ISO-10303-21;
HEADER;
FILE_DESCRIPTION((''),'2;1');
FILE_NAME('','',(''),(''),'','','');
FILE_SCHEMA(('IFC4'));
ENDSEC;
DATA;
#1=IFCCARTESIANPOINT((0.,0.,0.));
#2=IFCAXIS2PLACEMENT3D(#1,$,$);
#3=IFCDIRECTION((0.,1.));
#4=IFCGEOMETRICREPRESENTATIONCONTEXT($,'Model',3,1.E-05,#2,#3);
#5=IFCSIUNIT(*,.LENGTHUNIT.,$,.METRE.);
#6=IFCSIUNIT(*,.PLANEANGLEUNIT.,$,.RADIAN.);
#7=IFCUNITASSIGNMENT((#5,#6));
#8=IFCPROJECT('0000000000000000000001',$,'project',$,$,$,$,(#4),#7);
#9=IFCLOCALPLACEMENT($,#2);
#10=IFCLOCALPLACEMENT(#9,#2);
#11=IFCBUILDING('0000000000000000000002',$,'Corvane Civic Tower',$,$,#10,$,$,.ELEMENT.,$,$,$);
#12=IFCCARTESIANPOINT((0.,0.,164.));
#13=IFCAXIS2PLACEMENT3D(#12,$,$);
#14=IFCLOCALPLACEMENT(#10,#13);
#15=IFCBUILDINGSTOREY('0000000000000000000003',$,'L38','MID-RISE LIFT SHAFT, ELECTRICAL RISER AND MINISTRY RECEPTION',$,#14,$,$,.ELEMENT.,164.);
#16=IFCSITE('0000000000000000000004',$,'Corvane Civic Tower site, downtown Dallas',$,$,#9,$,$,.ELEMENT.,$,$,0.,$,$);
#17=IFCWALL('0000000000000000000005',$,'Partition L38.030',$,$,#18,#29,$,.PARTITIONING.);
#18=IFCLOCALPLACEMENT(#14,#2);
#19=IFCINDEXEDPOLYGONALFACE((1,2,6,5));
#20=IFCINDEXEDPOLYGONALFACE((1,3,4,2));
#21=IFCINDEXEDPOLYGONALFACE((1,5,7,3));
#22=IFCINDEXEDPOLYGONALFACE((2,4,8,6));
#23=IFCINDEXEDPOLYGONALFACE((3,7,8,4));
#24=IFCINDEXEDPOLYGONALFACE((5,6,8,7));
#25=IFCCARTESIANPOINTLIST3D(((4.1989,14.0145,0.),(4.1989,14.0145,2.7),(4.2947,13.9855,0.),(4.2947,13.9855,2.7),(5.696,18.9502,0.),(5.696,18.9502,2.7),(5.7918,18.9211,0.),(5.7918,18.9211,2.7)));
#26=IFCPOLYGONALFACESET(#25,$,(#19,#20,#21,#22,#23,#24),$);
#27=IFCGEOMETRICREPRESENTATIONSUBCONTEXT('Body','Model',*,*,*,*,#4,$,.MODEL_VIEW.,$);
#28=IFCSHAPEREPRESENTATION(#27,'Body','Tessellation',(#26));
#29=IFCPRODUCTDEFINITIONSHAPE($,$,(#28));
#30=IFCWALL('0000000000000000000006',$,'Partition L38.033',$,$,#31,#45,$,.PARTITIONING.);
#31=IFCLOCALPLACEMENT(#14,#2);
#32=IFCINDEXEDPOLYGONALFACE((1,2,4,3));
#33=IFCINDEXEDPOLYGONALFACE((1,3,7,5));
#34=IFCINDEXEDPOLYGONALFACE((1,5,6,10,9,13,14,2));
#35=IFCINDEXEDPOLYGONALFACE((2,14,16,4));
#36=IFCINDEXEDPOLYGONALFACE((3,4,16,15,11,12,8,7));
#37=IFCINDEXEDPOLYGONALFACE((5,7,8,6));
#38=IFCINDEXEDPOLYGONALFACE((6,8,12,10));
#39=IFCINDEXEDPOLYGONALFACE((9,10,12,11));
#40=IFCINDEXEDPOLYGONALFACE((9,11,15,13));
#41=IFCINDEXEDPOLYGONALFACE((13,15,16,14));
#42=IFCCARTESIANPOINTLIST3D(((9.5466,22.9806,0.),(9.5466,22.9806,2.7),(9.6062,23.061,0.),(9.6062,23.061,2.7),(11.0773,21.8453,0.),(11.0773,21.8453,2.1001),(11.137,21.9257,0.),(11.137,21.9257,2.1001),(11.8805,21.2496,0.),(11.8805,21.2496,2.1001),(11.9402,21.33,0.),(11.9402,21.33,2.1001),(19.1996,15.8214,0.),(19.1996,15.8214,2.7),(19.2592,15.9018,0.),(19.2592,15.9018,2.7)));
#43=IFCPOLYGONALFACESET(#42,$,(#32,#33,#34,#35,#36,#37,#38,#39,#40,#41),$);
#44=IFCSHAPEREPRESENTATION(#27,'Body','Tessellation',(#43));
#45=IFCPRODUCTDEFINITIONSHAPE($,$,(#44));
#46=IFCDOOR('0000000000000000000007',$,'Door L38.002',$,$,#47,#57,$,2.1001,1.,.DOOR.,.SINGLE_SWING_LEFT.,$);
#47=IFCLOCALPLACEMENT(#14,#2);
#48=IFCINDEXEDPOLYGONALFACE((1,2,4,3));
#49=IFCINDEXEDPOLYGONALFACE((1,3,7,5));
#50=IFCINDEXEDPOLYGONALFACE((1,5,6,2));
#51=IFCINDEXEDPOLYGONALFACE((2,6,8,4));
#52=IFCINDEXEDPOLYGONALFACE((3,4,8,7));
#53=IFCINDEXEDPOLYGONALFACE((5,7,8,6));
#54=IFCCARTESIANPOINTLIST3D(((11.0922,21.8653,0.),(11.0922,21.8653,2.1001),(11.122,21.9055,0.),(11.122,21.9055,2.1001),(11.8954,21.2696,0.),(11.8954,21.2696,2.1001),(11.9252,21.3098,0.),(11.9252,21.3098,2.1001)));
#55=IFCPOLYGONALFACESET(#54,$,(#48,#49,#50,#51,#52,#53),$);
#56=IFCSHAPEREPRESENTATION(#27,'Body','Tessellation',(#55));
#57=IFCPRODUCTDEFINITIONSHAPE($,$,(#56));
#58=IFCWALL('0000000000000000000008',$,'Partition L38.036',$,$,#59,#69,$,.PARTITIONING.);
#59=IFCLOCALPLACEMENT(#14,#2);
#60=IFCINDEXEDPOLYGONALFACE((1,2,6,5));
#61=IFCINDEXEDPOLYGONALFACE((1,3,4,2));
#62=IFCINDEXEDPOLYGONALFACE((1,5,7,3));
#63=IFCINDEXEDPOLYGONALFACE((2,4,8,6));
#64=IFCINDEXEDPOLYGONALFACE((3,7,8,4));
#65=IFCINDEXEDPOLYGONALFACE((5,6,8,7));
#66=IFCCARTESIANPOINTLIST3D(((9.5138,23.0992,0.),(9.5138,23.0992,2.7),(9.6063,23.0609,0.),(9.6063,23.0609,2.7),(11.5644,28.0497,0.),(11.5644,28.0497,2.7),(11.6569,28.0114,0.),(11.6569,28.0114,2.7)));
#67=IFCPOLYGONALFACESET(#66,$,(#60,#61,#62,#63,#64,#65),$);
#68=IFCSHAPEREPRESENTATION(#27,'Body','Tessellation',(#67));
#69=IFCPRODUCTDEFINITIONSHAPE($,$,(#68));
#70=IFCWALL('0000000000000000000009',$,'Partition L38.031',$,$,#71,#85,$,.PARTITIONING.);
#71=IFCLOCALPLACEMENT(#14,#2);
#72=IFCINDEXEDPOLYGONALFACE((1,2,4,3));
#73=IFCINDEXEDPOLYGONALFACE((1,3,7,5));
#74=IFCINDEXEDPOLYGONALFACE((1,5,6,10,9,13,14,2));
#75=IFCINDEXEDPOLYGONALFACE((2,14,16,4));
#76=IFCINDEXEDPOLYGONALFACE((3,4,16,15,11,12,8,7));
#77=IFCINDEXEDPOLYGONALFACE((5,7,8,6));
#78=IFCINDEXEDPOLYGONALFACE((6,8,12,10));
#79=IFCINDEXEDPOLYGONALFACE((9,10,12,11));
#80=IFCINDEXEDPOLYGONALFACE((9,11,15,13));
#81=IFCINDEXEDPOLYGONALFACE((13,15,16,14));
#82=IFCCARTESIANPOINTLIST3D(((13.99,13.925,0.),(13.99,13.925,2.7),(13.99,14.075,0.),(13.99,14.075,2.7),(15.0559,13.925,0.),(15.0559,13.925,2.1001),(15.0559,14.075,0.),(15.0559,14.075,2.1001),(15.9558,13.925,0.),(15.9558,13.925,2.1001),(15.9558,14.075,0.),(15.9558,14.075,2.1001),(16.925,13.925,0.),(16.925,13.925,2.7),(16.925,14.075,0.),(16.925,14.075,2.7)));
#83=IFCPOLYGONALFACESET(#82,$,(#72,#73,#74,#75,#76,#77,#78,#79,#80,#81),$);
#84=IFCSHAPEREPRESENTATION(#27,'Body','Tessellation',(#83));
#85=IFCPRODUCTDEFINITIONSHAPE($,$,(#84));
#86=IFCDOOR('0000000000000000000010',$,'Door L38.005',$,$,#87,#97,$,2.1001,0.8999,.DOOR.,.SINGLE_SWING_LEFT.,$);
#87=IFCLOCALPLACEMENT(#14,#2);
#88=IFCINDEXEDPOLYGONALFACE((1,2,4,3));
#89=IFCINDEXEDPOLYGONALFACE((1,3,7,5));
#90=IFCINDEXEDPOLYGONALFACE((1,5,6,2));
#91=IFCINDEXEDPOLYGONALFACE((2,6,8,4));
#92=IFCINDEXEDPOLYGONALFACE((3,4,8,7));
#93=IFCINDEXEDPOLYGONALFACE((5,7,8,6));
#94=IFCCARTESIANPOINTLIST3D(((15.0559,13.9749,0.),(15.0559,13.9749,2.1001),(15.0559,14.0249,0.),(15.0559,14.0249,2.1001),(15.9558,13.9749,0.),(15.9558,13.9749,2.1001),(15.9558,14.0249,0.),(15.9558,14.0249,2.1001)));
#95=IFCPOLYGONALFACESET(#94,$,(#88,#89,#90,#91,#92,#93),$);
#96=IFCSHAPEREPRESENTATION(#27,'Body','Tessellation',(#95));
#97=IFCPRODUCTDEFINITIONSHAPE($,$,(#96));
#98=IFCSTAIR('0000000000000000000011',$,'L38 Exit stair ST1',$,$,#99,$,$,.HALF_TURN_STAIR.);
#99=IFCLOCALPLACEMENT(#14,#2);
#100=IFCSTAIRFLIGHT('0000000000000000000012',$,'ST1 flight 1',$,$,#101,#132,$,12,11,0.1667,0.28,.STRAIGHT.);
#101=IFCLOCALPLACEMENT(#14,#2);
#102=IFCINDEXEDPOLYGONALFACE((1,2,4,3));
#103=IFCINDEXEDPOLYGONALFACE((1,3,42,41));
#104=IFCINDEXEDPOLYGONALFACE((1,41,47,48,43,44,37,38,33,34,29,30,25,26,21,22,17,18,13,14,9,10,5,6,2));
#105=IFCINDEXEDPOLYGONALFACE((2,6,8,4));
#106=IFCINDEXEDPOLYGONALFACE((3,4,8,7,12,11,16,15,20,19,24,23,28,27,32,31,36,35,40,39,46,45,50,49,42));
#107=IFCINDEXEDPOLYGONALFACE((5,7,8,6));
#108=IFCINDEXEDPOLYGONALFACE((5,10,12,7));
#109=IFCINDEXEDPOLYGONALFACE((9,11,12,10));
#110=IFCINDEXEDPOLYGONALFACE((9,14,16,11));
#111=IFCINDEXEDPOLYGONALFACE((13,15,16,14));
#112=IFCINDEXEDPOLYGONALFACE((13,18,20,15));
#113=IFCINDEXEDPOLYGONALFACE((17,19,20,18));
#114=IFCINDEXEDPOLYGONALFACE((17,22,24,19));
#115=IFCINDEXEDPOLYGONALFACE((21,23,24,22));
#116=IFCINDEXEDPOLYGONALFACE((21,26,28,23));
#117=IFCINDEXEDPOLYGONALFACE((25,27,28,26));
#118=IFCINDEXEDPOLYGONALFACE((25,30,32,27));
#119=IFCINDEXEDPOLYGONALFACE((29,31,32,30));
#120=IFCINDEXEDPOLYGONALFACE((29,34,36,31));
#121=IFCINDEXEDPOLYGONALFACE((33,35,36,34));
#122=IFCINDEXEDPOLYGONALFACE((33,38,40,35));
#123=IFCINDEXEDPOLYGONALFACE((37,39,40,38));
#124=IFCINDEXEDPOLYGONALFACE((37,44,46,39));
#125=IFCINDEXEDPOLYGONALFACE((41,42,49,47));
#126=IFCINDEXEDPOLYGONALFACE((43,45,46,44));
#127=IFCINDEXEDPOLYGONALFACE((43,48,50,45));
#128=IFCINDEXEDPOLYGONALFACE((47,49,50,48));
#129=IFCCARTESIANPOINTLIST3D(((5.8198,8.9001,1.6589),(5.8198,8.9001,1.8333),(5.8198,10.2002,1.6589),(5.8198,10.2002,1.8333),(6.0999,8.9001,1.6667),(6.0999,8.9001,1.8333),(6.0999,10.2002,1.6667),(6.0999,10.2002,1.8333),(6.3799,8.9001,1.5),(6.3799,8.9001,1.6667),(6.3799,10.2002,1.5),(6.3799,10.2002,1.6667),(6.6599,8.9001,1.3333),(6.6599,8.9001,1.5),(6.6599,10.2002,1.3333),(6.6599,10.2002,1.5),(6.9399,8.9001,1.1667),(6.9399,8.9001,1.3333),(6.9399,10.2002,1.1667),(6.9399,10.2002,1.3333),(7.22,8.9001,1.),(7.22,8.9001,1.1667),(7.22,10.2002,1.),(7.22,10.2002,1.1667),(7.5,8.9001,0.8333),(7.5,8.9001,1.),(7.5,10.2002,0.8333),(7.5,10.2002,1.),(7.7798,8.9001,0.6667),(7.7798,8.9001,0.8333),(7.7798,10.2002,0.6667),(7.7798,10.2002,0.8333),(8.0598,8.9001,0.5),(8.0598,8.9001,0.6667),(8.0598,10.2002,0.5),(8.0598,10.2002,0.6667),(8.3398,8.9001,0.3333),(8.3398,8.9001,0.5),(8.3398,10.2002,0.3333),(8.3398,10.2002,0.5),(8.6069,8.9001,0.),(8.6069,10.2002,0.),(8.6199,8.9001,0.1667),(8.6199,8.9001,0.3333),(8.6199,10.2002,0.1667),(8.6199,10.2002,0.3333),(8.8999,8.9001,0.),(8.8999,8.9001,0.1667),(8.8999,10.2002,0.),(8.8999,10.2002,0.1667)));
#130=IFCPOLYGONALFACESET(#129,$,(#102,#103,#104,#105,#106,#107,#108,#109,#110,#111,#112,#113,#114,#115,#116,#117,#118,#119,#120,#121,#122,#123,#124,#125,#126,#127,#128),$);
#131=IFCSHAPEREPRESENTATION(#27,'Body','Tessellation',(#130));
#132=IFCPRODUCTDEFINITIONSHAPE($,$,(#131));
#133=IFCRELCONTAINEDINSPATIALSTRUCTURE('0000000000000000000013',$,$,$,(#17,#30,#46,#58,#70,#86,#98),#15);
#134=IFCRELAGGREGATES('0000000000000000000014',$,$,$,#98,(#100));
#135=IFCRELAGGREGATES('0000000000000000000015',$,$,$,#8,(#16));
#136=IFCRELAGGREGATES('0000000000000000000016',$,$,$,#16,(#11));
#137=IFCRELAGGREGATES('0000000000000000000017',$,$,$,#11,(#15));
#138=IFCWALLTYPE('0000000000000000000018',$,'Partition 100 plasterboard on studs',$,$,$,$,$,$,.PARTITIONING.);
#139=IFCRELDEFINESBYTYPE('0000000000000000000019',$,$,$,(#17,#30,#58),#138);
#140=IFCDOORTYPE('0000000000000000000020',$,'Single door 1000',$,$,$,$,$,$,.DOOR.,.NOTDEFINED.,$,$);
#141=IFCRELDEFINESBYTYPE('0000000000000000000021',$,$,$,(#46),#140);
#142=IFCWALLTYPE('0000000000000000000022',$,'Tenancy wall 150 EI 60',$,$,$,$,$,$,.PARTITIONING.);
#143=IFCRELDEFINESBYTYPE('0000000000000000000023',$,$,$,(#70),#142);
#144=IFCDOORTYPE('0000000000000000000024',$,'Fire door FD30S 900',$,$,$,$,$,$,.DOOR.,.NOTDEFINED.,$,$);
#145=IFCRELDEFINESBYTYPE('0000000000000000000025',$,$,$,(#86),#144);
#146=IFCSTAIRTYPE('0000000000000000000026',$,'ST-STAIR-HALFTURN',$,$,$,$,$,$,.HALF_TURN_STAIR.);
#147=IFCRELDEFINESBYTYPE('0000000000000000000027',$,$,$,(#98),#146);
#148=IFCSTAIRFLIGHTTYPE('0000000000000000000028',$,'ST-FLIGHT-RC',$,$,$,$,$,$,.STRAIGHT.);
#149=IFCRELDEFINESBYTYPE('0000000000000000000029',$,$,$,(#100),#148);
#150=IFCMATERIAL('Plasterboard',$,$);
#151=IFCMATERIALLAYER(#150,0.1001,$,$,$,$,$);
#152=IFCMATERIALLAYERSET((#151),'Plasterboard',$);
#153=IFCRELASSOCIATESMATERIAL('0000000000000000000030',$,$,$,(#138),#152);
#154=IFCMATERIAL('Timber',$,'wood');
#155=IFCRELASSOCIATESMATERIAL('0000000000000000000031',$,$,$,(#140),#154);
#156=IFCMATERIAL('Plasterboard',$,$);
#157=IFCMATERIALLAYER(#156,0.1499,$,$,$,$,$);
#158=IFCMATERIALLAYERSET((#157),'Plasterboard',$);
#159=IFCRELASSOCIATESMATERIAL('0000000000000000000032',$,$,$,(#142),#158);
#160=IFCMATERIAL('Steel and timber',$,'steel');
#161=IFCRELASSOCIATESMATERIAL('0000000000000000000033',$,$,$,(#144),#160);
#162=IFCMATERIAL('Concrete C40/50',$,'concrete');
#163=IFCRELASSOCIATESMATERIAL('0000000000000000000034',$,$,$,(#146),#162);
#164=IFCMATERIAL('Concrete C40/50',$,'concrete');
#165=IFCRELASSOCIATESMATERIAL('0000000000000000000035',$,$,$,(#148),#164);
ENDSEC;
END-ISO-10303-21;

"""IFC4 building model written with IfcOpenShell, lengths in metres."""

from ifc_helpers import new_model, si_unit, direction, frame, frame_2d, origin, place, context, subcontext, project, spatial, polyline, rectangle, outline, extrude, material, layer, layer_set, type_object, element, fill, aggregate, save


model = new_model("IFC4")

# Units and contexts
model_context = context("Model", 3, precision=1e-05, world=origin(), true_north=direction((0.0, 1.0)))
body_context = subcontext(model_context, "Body", "Model", "MODEL_VIEW")
ifc_project = project(units=[si_unit("LENGTHUNIT", "METRE"), si_unit("PLANEANGLEUNIT", "RADIAN")], contexts=[model_context])

# Site, building, storey
site_placement = place(None, origin())
site = spatial("IfcSite", under=ifc_project, at=site_placement, Name="Corvane Civic Tower site, downtown Dallas", CompositionType="ELEMENT", RefElevation=0.0)
building_placement = place(site_placement, origin())
building = spatial("IfcBuilding", under=site, at=building_placement, Name="Corvane Civic Tower", CompositionType="ELEMENT")
storey_placement = place(building_placement, frame((0.0, 0.0, 164.0)))
storey = spatial("IfcBuildingStorey", under=building, at=storey_placement, Name="L38", Description="MID-RISE LIFT SHAFT, ELECTRICAL RISER AND MINISTRY RECEPTION", CompositionType="ELEMENT", Elevation=164.0)

# Wall
ifc_material_1 = material(Name="Plasterboard")
ifc_layer_1 = layer(ifc_material_1, 0.1001)
ifc_layer_set_1 = layer_set([ifc_layer_1], Name="Plasterboard")
wall_type_1 = type_object("IfcWallType", Name="Partition 100 plasterboard on studs", PredefinedType="PARTITIONING", material=ifc_layer_set_1)
wall_1_placement = place(storey_placement, frame((4.2468, 14.0, 0.0), z_axis=(0.0, 0.0, 1.0), x_axis=(0.290265, 0.956946, 0.0)))
element("IfcWall", 1, at=wall_1_placement, inside=storey, type_object=wall_type_1, Name="Partition L38.030", PredefinedType="PARTITIONING", context=body_context, shape_type="SweptSolid", body=[
    extrude(rectangle(XDim=5.1577, YDim=0.1001, at=frame_2d((2.5789, 0.0))), origin(), (0.0, 0.0, 1.0), 2.7),
])

# Wall, opening, door
wall_2_placement = place(storey_placement, frame((9.5764, 23.0208, 0.0), z_axis=(0.0, 0.0, 1.0), x_axis=(0.803209, -0.595698, 0.0)))
wall_2 = element("IfcWall", 2, at=wall_2_placement, inside=storey, type_object=wall_type_1, Name="Partition L38.033", PredefinedType="PARTITIONING", context=body_context, shape_type="SweptSolid", body=[
    extrude(rectangle(XDim=12.0181, YDim=0.1001, at=frame_2d((6.009, 0.0))), origin(), (0.0, 0.0, 1.0), 2.7),
])
opening_1_placement = place(wall_2_placement, frame((1.9058, 0.0, 0.0)))
opening_1 = element("IfcOpeningElement", 3, at=opening_1_placement, cuts=wall_2, PredefinedType="OPENING", context=body_context, shape_type="SweptSolid", body=[
    extrude(rectangle(XDim=1.0, YDim=2.1001, at=frame_2d((0.5, 1.05))), frame((0.0, 0.0601, 0.0), z_axis=(0.0, -1.0, 0.0), x_axis=(1.0, 0.0, 0.0)), (0.0, 0.0, 1.0), 0.1201),
])
ifc_material_2 = material(Name="Timber", Category="wood")
door_type_1 = type_object("IfcDoorType", Name="Single door 1000", OperationType="NOTDEFINED", PredefinedType="DOOR", material=ifc_material_2)
door_1_placement = place(opening_1_placement, origin())
door_1 = element("IfcDoor", 4, at=door_1_placement, inside=storey, type_object=door_type_1, Name="Door L38.002", OperationType="SINGLE_SWING_LEFT", OverallHeight=2.1001, OverallWidth=1.0, PredefinedType="DOOR", context=body_context, shape_type="SweptSolid", body=[
    extrude(rectangle(XDim=1.0, YDim=2.1001, at=frame_2d((0.5, 1.05))), frame((0.0, 0.0249, 0.0), z_axis=(0.0, -1.0, 0.0), x_axis=(1.0, 0.0, 0.0)), (0.0, 0.0, 1.0), 0.05),
])
fill(opening_1, door_1)

# Wall
wall_3_placement = place(storey_placement, frame((9.5601, 23.0801, 0.0), z_axis=(0.0, 0.0, 1.0), x_axis=(0.382683, 0.92388, 0.0)))
element("IfcWall", 5, at=wall_3_placement, inside=storey, type_object=wall_type_1, Name="Partition L38.036", PredefinedType="PARTITIONING", context=body_context, shape_type="SweptSolid", body=[
    extrude(rectangle(XDim=5.3584, YDim=0.1001, at=frame_2d((2.6792, 0.0))), origin(), (0.0, 0.0, 1.0), 2.7),
])

# Wall, opening, door
ifc_material_3 = material(Name="Plasterboard")
ifc_layer_2 = layer(ifc_material_3, 0.1499)
ifc_layer_set_2 = layer_set([ifc_layer_2], Name="Plasterboard")
wall_type_2 = type_object("IfcWallType", Name="Tenancy wall 150 EI 60", PredefinedType="PARTITIONING", material=ifc_layer_set_2)
wall_4_placement = place(storey_placement, frame((13.99, 14.0, 0.0), z_axis=(0.0, 0.0, 1.0), x_axis=(1.0, 0.0, 0.0)))
wall_4 = element("IfcWall", 6, at=wall_4_placement, inside=storey, type_object=wall_type_2, Name="Partition L38.031", PredefinedType="PARTITIONING", context=body_context, shape_type="SweptSolid", body=[
    extrude(rectangle(XDim=2.9351, YDim=0.1499, at=frame_2d((1.4675, 0.0))), origin(), (0.0, 0.0, 1.0), 2.7),
])
opening_2_placement = place(wall_4_placement, frame((1.0659, 0.0, 0.0)))
opening_2 = element("IfcOpeningElement", 7, at=opening_2_placement, cuts=wall_4, PredefinedType="OPENING", context=body_context, shape_type="SweptSolid", body=[
    extrude(rectangle(XDim=0.8999, YDim=2.1001, at=frame_2d((0.45, 1.05))), frame((0.0, 0.085, 0.0), z_axis=(0.0, -1.0, 0.0), x_axis=(1.0, 0.0, 0.0)), (0.0, 0.0, 1.0), 0.1699),
])
ifc_material_4 = material(Name="Steel and timber", Category="steel")
door_type_2 = type_object("IfcDoorType", Name="Fire door FD30S 900", OperationType="NOTDEFINED", PredefinedType="DOOR", material=ifc_material_4)
door_2_placement = place(opening_2_placement, origin())
door_2 = element("IfcDoor", 8, at=door_2_placement, inside=storey, type_object=door_type_2, Name="Door L38.005", OperationType="SINGLE_SWING_LEFT", OverallHeight=2.1001, OverallWidth=0.8999, PredefinedType="DOOR", context=body_context, shape_type="SweptSolid", body=[
    extrude(rectangle(XDim=0.8999, YDim=2.1001, at=frame_2d((0.45, 1.05))), frame((0.0, 0.0249, 0.0), z_axis=(0.0, -1.0, 0.0), x_axis=(1.0, 0.0, 0.0)), (0.0, 0.0, 1.0), 0.05),
])
fill(opening_2, door_2)

# Stair, stair flight
ifc_material_5 = material(Name="Concrete C40/50", Category="concrete")
stair_type = type_object("IfcStairType", Name="ST-STAIR-HALFTURN", PredefinedType="HALF_TURN_STAIR", material=ifc_material_5)
stair_placement = place(storey_placement, origin())
stair = element("IfcStair", 9, at=stair_placement, inside=storey, type_object=stair_type, Name="L38 Exit stair ST1", PredefinedType="HALF_TURN_STAIR")
ifc_material_6 = material(Name="Concrete C40/50", Category="concrete")
stair_flight_type = type_object("IfcStairFlightType", Name="ST-FLIGHT-RC", PredefinedType="STRAIGHT", material=ifc_material_6)
stair_flight_placement = place(storey_placement, frame((8.8999, 9.55, 0.0), z_axis=(0.0, 0.0, 1.0), x_axis=(-1.0, 0.0, 0.0)))
stair_flight = element("IfcStairFlight", 10, at=stair_flight_placement, type_object=stair_flight_type, Name="ST1 flight 1", NumberOfRisers=12, NumberOfTreads=11, PredefinedType="STRAIGHT", RiserHeight=0.1667, TreadLength=0.28, context=body_context, shape_type="SweptSolid", body=[
    extrude(outline(polyline([(0.0, 0.0), (0.0, 0.1667), (0.28, 0.1667), (0.28, 0.3333), (0.5601, 0.3333), (0.5601, 0.5), (0.8401, 0.5), (0.8401, 0.6667), (1.1201, 0.6667), (1.1201, 0.8333), (1.3999, 0.8333), (1.3999, 1.0), (1.6799, 1.0), (1.6799, 1.1667), (1.96, 1.1667), (1.96, 1.3333), (2.24, 1.3333), (2.24, 1.5), (2.52, 1.5), (2.52, 1.6667), (2.8, 1.6667), (2.8, 1.8333), (3.0801, 1.8333), (3.0801, 2.0), (3.0801, 1.6589), (0.293, 0.0), (0.0, 0.0)])), frame((0.0, 0.6499, 0.0), z_axis=(0.0, -1.0, 0.0), x_axis=(1.0, 0.0, 0.0)), (0.0, 0.0, 1.0), 1.3),
])
aggregate(stair, [stair_flight])

save(model, "model.ifc")
